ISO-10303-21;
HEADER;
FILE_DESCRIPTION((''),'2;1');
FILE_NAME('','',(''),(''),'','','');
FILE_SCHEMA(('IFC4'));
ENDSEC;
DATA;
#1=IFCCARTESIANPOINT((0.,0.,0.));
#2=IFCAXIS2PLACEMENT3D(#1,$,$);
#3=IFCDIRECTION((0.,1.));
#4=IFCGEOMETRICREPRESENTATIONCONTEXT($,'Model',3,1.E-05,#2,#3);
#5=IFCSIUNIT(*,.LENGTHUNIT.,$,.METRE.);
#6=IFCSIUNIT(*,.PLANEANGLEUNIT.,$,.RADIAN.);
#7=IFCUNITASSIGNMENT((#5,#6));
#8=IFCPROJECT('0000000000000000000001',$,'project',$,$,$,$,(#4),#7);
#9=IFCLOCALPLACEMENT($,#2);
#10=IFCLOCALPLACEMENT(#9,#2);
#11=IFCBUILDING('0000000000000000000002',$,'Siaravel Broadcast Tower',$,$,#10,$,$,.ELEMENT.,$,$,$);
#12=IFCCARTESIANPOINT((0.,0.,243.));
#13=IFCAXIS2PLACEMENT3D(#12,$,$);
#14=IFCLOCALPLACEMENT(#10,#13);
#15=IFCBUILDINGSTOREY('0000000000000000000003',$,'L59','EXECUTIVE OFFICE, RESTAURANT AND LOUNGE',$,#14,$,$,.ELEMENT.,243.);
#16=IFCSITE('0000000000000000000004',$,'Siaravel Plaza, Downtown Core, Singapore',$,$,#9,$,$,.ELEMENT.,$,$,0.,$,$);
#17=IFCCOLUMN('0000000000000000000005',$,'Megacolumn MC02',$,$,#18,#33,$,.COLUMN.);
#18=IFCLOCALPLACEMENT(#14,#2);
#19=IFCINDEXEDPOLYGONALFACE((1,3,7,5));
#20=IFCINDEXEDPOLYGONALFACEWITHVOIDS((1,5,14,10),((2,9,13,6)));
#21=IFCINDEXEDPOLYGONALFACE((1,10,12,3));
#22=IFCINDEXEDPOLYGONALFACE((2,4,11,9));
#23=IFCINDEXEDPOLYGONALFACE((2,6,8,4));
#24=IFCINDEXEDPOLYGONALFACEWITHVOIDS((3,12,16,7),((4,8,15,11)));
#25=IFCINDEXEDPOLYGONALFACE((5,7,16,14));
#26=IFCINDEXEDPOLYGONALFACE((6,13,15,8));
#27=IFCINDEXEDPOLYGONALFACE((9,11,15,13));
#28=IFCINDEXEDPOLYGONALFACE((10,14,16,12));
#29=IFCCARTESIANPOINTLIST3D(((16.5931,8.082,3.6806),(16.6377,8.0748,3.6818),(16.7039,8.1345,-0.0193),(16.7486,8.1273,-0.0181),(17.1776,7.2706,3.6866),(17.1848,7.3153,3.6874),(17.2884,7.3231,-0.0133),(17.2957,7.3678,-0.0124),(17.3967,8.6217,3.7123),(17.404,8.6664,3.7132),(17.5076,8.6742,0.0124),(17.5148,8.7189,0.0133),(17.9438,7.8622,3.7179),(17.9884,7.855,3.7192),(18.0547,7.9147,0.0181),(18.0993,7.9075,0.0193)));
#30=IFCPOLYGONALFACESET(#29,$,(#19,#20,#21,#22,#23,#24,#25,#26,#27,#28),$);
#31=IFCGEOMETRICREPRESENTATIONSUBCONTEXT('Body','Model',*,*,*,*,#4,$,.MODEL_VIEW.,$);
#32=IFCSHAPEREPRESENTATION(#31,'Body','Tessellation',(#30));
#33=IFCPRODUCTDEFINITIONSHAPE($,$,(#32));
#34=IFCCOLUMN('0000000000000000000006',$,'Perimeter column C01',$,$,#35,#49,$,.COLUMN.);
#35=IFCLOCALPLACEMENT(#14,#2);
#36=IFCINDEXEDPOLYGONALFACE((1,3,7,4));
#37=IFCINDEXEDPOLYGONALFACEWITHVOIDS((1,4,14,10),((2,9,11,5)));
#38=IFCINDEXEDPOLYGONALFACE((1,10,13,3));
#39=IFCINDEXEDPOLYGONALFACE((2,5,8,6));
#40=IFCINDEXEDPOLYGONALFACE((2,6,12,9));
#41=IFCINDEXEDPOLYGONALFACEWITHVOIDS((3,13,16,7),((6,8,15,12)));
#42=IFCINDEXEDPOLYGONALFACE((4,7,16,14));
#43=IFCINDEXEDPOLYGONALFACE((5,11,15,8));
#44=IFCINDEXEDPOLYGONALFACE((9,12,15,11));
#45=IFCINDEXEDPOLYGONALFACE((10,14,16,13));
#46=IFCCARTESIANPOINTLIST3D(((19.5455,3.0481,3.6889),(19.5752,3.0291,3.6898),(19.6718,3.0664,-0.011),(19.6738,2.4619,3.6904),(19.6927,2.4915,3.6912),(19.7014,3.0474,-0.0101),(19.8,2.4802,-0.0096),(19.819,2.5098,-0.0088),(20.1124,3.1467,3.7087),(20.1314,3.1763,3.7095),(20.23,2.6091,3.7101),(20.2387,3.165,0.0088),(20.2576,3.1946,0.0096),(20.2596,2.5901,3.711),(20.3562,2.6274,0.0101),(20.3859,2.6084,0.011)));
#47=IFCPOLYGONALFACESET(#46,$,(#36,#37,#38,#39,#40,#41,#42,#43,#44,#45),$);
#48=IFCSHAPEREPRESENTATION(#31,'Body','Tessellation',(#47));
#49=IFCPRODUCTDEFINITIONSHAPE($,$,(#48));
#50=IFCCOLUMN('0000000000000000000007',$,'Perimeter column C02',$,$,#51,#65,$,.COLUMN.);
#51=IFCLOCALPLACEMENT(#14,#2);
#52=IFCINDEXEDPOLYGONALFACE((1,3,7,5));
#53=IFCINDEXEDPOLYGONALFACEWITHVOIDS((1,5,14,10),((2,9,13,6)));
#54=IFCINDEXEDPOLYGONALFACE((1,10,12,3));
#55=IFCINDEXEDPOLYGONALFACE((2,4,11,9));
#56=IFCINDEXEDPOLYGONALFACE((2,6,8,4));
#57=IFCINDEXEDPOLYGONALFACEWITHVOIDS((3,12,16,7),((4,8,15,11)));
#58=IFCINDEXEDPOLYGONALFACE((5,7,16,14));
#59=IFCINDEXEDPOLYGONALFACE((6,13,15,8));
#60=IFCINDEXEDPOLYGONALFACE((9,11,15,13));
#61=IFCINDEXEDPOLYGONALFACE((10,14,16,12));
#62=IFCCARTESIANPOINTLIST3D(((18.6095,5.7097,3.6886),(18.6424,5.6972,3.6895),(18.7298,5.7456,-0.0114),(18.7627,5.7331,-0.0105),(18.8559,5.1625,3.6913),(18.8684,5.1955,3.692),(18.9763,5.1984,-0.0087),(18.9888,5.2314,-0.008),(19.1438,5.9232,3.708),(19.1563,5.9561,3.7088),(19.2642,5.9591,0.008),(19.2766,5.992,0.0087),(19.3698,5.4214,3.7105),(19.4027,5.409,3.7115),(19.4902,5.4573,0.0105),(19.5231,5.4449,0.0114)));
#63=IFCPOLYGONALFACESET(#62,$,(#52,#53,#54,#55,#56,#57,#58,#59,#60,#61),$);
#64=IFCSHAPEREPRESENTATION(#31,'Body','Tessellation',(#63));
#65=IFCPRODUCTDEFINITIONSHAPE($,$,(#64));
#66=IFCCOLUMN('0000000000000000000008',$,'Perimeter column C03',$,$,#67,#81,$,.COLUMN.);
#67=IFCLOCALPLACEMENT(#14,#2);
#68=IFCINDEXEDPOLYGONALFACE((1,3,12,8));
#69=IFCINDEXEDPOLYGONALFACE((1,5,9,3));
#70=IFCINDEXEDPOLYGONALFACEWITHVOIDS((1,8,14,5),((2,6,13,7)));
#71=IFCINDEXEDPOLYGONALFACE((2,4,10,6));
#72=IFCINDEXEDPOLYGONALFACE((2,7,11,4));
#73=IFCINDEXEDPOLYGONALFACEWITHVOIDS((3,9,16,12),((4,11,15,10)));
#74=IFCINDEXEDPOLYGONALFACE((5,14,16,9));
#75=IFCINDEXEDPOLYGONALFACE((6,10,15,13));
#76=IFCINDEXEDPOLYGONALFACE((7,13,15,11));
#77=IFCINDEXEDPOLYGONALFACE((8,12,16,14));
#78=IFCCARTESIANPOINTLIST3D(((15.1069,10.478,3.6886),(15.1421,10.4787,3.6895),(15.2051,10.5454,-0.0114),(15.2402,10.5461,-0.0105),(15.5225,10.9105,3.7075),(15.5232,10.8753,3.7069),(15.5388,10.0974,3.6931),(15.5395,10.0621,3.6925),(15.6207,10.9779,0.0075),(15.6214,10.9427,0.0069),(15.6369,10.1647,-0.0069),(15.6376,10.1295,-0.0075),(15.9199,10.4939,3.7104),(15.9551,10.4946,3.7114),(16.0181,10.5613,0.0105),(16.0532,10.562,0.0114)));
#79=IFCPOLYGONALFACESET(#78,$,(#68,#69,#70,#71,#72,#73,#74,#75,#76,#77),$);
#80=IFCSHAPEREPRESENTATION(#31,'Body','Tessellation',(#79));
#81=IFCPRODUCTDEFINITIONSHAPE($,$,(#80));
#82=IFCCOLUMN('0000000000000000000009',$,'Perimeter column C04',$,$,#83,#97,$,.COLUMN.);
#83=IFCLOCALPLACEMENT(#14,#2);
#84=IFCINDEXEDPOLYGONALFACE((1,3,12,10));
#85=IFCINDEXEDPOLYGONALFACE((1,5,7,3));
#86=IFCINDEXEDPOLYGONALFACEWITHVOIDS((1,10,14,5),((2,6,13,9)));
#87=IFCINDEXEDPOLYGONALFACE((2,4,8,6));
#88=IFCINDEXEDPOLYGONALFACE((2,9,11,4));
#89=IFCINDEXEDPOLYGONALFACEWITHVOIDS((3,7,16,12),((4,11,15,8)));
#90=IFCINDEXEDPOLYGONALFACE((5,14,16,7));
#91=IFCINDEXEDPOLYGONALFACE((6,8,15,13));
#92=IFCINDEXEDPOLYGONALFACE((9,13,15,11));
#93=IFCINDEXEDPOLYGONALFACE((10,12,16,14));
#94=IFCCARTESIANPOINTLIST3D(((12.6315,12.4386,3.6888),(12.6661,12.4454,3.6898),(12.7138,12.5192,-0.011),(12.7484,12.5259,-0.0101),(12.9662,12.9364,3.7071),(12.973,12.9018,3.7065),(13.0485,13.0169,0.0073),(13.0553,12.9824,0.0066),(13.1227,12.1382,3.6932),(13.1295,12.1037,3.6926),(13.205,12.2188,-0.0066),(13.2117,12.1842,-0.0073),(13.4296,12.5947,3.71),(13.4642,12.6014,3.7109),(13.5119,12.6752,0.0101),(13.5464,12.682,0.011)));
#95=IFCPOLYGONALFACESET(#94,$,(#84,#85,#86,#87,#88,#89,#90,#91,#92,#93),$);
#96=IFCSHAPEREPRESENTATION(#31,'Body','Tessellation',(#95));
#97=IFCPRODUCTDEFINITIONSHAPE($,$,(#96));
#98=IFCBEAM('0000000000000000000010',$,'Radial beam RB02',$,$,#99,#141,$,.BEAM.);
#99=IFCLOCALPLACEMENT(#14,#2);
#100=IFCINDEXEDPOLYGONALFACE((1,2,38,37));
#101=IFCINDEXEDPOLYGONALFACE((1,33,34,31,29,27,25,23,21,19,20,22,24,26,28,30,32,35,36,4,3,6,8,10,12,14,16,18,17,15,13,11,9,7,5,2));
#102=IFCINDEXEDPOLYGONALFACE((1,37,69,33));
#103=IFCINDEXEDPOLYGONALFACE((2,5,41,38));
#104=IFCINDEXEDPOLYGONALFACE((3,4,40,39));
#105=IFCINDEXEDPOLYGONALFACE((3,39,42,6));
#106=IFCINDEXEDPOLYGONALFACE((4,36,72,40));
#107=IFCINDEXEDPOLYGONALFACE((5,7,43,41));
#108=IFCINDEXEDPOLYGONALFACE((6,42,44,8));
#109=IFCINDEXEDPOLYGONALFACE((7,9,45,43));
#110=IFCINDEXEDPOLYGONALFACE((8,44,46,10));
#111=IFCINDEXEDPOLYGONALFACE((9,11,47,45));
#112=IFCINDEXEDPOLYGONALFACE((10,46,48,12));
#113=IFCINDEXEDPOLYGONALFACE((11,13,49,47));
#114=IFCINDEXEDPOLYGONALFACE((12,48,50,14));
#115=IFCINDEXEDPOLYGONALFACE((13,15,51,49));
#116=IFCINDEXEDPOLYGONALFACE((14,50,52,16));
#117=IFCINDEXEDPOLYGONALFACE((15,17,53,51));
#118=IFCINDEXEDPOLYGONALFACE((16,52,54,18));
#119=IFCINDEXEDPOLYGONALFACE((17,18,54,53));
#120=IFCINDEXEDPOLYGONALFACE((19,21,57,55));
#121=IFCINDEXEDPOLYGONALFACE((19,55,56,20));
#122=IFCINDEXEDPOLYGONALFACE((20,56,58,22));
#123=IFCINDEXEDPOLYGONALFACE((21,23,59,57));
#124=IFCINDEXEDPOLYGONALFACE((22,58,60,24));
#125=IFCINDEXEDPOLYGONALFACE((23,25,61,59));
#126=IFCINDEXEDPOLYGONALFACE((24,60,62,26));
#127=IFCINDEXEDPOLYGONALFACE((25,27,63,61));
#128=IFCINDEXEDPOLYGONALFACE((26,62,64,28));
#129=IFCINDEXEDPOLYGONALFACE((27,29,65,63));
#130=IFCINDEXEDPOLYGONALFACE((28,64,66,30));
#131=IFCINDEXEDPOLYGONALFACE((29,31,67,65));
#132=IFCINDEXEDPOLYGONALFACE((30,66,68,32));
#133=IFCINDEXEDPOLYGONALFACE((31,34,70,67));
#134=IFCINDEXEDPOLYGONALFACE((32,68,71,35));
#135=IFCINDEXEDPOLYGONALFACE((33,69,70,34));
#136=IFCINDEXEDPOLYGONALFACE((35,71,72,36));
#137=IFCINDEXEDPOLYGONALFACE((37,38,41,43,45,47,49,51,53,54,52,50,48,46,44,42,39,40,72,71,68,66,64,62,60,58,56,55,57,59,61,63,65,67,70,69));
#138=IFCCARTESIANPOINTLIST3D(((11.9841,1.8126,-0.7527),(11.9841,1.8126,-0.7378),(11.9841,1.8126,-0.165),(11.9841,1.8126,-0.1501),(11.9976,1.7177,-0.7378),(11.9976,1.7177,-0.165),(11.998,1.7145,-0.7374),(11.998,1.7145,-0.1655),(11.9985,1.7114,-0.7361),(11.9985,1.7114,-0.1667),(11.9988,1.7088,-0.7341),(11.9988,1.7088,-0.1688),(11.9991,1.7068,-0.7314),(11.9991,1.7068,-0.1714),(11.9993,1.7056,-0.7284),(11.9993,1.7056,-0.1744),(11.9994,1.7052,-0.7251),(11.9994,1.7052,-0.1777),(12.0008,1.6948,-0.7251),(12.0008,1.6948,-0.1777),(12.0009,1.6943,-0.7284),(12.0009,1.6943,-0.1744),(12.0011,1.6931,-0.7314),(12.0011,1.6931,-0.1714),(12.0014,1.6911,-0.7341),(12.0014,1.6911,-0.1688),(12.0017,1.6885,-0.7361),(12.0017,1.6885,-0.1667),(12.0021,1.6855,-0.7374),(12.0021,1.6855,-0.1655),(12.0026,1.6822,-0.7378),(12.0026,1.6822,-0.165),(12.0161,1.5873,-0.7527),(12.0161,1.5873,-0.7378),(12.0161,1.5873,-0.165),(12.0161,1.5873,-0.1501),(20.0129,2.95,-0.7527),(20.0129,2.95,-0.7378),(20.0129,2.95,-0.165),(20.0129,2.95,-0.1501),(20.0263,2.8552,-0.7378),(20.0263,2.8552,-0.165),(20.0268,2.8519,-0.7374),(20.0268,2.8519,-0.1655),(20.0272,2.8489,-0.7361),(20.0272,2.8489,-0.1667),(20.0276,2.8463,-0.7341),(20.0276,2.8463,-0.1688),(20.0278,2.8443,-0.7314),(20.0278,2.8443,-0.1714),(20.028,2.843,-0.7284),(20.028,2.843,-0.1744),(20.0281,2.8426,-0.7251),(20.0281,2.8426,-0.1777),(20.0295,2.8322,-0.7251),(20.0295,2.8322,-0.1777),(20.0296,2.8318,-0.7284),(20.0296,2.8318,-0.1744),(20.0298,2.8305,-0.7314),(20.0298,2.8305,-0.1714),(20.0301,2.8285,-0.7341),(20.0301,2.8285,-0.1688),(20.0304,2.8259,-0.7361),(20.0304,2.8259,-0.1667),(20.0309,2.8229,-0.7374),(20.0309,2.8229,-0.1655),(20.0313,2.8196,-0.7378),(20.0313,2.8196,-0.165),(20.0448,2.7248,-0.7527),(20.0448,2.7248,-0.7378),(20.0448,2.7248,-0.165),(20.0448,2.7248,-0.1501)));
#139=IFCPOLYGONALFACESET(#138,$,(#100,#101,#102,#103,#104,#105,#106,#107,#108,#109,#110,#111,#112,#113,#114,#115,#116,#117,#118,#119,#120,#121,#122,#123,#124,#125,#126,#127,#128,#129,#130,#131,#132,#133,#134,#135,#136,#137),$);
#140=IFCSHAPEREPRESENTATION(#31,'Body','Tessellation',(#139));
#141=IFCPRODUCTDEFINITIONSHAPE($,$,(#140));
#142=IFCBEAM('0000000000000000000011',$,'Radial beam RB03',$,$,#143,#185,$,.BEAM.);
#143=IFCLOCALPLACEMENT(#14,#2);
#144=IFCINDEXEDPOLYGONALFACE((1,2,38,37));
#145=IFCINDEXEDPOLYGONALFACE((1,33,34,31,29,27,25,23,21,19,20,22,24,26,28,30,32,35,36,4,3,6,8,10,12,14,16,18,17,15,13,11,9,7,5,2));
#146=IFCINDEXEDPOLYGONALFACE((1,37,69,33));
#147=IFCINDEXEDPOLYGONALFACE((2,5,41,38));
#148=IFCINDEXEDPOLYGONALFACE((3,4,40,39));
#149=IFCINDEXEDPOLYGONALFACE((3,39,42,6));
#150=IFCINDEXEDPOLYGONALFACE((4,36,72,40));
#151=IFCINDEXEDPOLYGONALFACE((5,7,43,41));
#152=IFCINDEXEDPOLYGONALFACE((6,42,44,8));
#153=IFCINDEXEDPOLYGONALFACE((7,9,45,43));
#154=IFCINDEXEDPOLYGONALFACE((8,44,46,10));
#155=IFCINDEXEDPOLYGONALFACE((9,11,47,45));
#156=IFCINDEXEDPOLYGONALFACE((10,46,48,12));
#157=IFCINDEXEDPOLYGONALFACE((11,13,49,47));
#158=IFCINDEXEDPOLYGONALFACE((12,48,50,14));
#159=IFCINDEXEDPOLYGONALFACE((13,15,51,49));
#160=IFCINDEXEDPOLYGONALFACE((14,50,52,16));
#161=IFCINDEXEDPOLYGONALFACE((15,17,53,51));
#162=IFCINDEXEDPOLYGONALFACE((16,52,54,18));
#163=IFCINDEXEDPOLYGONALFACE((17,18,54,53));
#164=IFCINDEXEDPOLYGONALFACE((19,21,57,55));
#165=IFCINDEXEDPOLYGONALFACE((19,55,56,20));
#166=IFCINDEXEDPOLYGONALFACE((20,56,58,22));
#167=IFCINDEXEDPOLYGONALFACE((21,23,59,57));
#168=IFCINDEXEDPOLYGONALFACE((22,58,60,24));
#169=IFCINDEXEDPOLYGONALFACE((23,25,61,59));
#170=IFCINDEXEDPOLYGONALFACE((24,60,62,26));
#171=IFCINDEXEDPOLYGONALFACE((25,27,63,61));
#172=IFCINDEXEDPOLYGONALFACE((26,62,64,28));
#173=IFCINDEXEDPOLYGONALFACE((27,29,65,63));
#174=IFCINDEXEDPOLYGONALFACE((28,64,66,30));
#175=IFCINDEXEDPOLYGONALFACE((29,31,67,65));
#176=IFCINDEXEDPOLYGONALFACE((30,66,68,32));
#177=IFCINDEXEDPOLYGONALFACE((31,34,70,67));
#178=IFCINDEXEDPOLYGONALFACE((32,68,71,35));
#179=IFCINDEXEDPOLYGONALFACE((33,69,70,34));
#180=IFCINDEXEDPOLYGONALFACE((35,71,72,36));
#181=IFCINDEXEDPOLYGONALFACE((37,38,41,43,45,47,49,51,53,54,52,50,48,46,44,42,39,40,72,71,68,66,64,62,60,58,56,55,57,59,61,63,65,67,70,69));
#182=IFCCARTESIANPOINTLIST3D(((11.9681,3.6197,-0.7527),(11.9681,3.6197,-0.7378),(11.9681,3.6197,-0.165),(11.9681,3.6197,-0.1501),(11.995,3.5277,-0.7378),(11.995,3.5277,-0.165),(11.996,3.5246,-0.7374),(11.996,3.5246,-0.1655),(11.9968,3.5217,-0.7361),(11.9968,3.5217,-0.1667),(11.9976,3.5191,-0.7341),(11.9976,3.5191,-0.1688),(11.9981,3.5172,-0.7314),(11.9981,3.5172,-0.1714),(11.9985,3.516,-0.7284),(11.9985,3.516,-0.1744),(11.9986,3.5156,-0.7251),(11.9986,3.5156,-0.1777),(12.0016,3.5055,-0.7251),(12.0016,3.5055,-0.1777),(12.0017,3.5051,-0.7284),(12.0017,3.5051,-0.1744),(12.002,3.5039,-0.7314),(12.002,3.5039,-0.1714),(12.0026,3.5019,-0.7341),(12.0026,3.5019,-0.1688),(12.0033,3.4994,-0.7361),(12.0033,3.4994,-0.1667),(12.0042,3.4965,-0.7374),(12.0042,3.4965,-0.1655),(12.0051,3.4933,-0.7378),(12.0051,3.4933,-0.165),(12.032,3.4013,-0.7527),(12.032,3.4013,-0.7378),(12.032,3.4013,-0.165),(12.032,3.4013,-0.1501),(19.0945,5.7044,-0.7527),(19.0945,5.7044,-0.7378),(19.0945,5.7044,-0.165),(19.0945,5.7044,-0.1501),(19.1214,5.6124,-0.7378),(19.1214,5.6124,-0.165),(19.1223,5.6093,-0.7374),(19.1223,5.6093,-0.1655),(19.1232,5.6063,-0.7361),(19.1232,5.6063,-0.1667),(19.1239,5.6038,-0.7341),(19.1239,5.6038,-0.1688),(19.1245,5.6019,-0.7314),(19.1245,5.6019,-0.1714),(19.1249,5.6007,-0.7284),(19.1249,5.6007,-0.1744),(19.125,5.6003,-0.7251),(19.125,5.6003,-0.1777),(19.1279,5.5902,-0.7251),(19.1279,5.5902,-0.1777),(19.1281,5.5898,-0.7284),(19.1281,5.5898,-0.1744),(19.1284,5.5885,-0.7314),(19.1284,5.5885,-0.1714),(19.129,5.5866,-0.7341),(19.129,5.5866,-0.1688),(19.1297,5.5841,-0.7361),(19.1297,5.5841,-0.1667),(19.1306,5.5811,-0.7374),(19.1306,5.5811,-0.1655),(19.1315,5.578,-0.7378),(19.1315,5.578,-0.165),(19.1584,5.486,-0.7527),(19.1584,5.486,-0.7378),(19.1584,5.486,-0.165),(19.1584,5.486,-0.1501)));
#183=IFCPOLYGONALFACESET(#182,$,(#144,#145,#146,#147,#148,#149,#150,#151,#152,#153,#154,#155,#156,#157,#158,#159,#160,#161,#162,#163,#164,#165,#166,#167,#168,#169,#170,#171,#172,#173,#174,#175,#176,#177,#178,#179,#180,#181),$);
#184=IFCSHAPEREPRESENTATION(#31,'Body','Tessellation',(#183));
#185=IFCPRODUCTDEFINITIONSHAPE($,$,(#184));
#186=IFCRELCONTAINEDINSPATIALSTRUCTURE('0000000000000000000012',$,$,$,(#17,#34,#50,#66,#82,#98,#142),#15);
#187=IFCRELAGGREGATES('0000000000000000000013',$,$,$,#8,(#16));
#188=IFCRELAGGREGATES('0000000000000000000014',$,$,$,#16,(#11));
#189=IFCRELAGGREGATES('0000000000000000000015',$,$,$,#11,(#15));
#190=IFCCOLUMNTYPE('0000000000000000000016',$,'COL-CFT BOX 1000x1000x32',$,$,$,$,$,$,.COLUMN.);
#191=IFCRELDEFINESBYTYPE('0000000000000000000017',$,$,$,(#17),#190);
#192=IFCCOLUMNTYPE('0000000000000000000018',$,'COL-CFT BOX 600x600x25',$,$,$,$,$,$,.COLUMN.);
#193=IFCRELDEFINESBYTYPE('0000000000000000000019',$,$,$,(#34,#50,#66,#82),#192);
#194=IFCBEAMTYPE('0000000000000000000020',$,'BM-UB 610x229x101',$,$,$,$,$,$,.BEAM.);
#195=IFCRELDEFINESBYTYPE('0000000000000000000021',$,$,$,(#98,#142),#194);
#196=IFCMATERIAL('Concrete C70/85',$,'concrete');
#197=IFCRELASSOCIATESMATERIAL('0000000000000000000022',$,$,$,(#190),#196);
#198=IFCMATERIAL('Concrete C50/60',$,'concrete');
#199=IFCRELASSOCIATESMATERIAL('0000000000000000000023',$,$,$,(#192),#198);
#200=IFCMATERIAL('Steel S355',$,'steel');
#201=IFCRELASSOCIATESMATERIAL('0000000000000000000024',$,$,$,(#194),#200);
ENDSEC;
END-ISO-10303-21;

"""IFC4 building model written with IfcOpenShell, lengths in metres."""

from ifc_helpers import new_model, si_unit, direction, frame, origin, origin_2d, place, context, subcontext, project, spatial, hollow_rectangle, i_section, extrude, material, material_profile, profile_set, type_object, element, save


model = new_model("IFC4")

# Units and contexts
model_context = context("Model", 3, precision=1e-05, world=origin(), true_north=direction((0.0, 1.0)))
body_context = subcontext(model_context, "Body", "Model", "MODEL_VIEW")
ifc_project = project(units=[si_unit("LENGTHUNIT", "METRE"), si_unit("PLANEANGLEUNIT", "RADIAN")], contexts=[model_context])

# Site, building, storey
site_placement = place(None, origin())
site = spatial("IfcSite", under=ifc_project, at=site_placement, Name="Siaravel Plaza, Downtown Core, Singapore", CompositionType="ELEMENT", RefElevation=0.0)
building_placement = place(site_placement, origin())
building = spatial("IfcBuilding", under=site, at=building_placement, Name="Siaravel Broadcast Tower", CompositionType="ELEMENT")
storey_placement = place(building_placement, frame((0.0, 0.0, 243.0)))
storey = spatial("IfcBuildingStorey", under=building, at=storey_placement, Name="L59", Description="EXECUTIVE OFFICE, RESTAURANT AND LOUNGE", CompositionType="ELEMENT", Elevation=243.0)

# Columns
ifc_material_1 = material(Name="Concrete C70/85", Category="concrete")
ifc_material_profile_1 = material_profile(ifc_material_1, hollow_rectangle(XDim=1.0, YDim=1.0, WallThickness=0.032, at=origin_2d()))
ifc_profile_set_1 = profile_set([ifc_material_profile_1], Name="Concrete C70/85")
column_type_1 = type_object("IfcColumnType", Name="COL-CFT BOX 1000x1000x32", PredefinedType="COLUMN", material=ifc_profile_set_1)
column_1_placement = place(storey_placement, frame((17.4016, 8.021, 0.0), z_axis=(-0.029941, -0.014179, 0.999451), x_axis=(0.584468, -0.811395, 0.005998)))
element("IfcColumn", 1, at=column_1_placement, inside=storey, type_object=column_type_1, Name="Megacolumn MC02", PredefinedType="COLUMN", context=body_context, shape_type="SweptSolid", body=[
    extrude(hollow_rectangle(XDim=1.0, YDim=1.0, WallThickness=0.032, at=origin_2d()), origin(), (0.0, 0.0, 1.0), 3.7019),
])
ifc_material_2 = material(Name="Concrete C50/60", Category="concrete")
ifc_material_profile_2 = material_profile(ifc_material_2, hollow_rectangle(XDim=0.6001, YDim=0.6001, WallThickness=0.0249, at=origin_2d()))
ifc_profile_set_2 = profile_set([ifc_material_profile_2], Name="Concrete C50/60")
column_type_2 = type_object("IfcColumnType", Name="COL-CFT BOX 600x600x25", PredefinedType="COLUMN", material=ifc_profile_set_2)
for number, where, z_axis, x_axis, name in (
    (2, (20.0288, 2.8374, 0.0), (-0.034094, -0.004946, 0.999406), (0.213657, -0.976906, 0.002454), "Perimeter column C01"),
    (3, (19.1265, 5.5952, 0.0), (-0.032512, -0.009694, 0.999424), (0.410713, -0.911754, 0.004517), "Perimeter column C02"),
):
    element("IfcColumn", number, at=place(storey_placement, frame(where, z_axis=z_axis, x_axis=x_axis)), inside=storey, type_object=column_type_2, Name=name, PredefinedType="COLUMN", context=body_context, shape_type="SweptSolid", body=[
        extrude(hollow_rectangle(XDim=0.6001, YDim=0.6001, WallThickness=0.0249, at=origin_2d()), origin(), (0.0, 0.0, 1.0), 3.7021),
    ])
column_2_placement = place(storey_placement, frame((15.6292, 10.5537, 0.0), z_axis=(-0.026512, -0.018202, 0.999483), x_axis=(0.720867, -0.693043, 0.0065)))
element("IfcColumn", 4, at=column_2_placement, inside=storey, type_object=column_type_2, Name="Perimeter column C03", PredefinedType="COLUMN", context=body_context, shape_type="SweptSolid", body=[
    extrude(hollow_rectangle(XDim=0.6001, YDim=0.6001, WallThickness=0.0249, at=origin_2d()), origin(), (0.0, 0.0, 1.0), 3.7019),
])
column_3_placement = place(storey_placement, frame((13.1301, 12.6006, 0.0), z_axis=(-0.022226, -0.021764, 0.999516), x_axis=(0.829716, -0.558151, 0.006297)))
element("IfcColumn", 5, at=column_3_placement, inside=storey, type_object=column_type_2, Name="Perimeter column C04", PredefinedType="COLUMN", context=body_context, shape_type="SweptSolid", body=[
    extrude(hollow_rectangle(XDim=0.6001, YDim=0.6001, WallThickness=0.0249, at=origin_2d()), origin(), (0.0, 0.0, 1.0), 3.7017),
])

# Beams
ifc_material_3 = material(Name="Steel S355", Category="steel")
ifc_material_profile_3 = material_profile(ifc_material_3, i_section(OverallWidth=0.2275, OverallDepth=0.6025, WebThickness=0.0105, FlangeThickness=0.0149, FilletRadius=0.0127, at=origin_2d()))
ifc_profile_set_3 = profile_set([ifc_material_profile_3], Name="Steel S355")
beam_type = type_object("IfcBeamType", Name="BM-UB 610x229x101", PredefinedType="BEAM", material=ifc_profile_set_3)
beam_1_placement = place(storey_placement, frame((20.0288, 2.8374, -0.4514), z_axis=(-0.990113, -0.140271, 0.0), x_axis=(0.140271, -0.990113, 0.0)))
element("IfcBeam", 6, at=beam_1_placement, inside=storey, type_object=beam_type, Name="Radial beam RB02", PredefinedType="BEAM", context=body_context, shape_type="SweptSolid", body=[
    extrude(i_section(OverallWidth=0.2275, OverallDepth=0.6025, WebThickness=0.0105, FlangeThickness=0.0149, FilletRadius=0.0127, at=origin_2d()), origin(), (0.0, 0.0, 1.0), 8.1089),
])
beam_2_placement = place(storey_placement, frame((19.1265, 5.5952, -0.4514), z_axis=(-0.959777, -0.280765, 0.0), x_axis=(0.280765, -0.959777, 0.0)))
element("IfcBeam", 7, at=beam_2_placement, inside=storey, type_object=beam_type, Name="Radial beam RB03", PredefinedType="BEAM", context=body_context, shape_type="SweptSolid", body=[
    extrude(i_section(OverallWidth=0.2275, OverallDepth=0.6025, WebThickness=0.0105, FlangeThickness=0.0149, FilletRadius=0.0127, at=origin_2d()), origin(), (0.0, 0.0, 1.0), 7.425),
])

save(model, "model.ifc")
